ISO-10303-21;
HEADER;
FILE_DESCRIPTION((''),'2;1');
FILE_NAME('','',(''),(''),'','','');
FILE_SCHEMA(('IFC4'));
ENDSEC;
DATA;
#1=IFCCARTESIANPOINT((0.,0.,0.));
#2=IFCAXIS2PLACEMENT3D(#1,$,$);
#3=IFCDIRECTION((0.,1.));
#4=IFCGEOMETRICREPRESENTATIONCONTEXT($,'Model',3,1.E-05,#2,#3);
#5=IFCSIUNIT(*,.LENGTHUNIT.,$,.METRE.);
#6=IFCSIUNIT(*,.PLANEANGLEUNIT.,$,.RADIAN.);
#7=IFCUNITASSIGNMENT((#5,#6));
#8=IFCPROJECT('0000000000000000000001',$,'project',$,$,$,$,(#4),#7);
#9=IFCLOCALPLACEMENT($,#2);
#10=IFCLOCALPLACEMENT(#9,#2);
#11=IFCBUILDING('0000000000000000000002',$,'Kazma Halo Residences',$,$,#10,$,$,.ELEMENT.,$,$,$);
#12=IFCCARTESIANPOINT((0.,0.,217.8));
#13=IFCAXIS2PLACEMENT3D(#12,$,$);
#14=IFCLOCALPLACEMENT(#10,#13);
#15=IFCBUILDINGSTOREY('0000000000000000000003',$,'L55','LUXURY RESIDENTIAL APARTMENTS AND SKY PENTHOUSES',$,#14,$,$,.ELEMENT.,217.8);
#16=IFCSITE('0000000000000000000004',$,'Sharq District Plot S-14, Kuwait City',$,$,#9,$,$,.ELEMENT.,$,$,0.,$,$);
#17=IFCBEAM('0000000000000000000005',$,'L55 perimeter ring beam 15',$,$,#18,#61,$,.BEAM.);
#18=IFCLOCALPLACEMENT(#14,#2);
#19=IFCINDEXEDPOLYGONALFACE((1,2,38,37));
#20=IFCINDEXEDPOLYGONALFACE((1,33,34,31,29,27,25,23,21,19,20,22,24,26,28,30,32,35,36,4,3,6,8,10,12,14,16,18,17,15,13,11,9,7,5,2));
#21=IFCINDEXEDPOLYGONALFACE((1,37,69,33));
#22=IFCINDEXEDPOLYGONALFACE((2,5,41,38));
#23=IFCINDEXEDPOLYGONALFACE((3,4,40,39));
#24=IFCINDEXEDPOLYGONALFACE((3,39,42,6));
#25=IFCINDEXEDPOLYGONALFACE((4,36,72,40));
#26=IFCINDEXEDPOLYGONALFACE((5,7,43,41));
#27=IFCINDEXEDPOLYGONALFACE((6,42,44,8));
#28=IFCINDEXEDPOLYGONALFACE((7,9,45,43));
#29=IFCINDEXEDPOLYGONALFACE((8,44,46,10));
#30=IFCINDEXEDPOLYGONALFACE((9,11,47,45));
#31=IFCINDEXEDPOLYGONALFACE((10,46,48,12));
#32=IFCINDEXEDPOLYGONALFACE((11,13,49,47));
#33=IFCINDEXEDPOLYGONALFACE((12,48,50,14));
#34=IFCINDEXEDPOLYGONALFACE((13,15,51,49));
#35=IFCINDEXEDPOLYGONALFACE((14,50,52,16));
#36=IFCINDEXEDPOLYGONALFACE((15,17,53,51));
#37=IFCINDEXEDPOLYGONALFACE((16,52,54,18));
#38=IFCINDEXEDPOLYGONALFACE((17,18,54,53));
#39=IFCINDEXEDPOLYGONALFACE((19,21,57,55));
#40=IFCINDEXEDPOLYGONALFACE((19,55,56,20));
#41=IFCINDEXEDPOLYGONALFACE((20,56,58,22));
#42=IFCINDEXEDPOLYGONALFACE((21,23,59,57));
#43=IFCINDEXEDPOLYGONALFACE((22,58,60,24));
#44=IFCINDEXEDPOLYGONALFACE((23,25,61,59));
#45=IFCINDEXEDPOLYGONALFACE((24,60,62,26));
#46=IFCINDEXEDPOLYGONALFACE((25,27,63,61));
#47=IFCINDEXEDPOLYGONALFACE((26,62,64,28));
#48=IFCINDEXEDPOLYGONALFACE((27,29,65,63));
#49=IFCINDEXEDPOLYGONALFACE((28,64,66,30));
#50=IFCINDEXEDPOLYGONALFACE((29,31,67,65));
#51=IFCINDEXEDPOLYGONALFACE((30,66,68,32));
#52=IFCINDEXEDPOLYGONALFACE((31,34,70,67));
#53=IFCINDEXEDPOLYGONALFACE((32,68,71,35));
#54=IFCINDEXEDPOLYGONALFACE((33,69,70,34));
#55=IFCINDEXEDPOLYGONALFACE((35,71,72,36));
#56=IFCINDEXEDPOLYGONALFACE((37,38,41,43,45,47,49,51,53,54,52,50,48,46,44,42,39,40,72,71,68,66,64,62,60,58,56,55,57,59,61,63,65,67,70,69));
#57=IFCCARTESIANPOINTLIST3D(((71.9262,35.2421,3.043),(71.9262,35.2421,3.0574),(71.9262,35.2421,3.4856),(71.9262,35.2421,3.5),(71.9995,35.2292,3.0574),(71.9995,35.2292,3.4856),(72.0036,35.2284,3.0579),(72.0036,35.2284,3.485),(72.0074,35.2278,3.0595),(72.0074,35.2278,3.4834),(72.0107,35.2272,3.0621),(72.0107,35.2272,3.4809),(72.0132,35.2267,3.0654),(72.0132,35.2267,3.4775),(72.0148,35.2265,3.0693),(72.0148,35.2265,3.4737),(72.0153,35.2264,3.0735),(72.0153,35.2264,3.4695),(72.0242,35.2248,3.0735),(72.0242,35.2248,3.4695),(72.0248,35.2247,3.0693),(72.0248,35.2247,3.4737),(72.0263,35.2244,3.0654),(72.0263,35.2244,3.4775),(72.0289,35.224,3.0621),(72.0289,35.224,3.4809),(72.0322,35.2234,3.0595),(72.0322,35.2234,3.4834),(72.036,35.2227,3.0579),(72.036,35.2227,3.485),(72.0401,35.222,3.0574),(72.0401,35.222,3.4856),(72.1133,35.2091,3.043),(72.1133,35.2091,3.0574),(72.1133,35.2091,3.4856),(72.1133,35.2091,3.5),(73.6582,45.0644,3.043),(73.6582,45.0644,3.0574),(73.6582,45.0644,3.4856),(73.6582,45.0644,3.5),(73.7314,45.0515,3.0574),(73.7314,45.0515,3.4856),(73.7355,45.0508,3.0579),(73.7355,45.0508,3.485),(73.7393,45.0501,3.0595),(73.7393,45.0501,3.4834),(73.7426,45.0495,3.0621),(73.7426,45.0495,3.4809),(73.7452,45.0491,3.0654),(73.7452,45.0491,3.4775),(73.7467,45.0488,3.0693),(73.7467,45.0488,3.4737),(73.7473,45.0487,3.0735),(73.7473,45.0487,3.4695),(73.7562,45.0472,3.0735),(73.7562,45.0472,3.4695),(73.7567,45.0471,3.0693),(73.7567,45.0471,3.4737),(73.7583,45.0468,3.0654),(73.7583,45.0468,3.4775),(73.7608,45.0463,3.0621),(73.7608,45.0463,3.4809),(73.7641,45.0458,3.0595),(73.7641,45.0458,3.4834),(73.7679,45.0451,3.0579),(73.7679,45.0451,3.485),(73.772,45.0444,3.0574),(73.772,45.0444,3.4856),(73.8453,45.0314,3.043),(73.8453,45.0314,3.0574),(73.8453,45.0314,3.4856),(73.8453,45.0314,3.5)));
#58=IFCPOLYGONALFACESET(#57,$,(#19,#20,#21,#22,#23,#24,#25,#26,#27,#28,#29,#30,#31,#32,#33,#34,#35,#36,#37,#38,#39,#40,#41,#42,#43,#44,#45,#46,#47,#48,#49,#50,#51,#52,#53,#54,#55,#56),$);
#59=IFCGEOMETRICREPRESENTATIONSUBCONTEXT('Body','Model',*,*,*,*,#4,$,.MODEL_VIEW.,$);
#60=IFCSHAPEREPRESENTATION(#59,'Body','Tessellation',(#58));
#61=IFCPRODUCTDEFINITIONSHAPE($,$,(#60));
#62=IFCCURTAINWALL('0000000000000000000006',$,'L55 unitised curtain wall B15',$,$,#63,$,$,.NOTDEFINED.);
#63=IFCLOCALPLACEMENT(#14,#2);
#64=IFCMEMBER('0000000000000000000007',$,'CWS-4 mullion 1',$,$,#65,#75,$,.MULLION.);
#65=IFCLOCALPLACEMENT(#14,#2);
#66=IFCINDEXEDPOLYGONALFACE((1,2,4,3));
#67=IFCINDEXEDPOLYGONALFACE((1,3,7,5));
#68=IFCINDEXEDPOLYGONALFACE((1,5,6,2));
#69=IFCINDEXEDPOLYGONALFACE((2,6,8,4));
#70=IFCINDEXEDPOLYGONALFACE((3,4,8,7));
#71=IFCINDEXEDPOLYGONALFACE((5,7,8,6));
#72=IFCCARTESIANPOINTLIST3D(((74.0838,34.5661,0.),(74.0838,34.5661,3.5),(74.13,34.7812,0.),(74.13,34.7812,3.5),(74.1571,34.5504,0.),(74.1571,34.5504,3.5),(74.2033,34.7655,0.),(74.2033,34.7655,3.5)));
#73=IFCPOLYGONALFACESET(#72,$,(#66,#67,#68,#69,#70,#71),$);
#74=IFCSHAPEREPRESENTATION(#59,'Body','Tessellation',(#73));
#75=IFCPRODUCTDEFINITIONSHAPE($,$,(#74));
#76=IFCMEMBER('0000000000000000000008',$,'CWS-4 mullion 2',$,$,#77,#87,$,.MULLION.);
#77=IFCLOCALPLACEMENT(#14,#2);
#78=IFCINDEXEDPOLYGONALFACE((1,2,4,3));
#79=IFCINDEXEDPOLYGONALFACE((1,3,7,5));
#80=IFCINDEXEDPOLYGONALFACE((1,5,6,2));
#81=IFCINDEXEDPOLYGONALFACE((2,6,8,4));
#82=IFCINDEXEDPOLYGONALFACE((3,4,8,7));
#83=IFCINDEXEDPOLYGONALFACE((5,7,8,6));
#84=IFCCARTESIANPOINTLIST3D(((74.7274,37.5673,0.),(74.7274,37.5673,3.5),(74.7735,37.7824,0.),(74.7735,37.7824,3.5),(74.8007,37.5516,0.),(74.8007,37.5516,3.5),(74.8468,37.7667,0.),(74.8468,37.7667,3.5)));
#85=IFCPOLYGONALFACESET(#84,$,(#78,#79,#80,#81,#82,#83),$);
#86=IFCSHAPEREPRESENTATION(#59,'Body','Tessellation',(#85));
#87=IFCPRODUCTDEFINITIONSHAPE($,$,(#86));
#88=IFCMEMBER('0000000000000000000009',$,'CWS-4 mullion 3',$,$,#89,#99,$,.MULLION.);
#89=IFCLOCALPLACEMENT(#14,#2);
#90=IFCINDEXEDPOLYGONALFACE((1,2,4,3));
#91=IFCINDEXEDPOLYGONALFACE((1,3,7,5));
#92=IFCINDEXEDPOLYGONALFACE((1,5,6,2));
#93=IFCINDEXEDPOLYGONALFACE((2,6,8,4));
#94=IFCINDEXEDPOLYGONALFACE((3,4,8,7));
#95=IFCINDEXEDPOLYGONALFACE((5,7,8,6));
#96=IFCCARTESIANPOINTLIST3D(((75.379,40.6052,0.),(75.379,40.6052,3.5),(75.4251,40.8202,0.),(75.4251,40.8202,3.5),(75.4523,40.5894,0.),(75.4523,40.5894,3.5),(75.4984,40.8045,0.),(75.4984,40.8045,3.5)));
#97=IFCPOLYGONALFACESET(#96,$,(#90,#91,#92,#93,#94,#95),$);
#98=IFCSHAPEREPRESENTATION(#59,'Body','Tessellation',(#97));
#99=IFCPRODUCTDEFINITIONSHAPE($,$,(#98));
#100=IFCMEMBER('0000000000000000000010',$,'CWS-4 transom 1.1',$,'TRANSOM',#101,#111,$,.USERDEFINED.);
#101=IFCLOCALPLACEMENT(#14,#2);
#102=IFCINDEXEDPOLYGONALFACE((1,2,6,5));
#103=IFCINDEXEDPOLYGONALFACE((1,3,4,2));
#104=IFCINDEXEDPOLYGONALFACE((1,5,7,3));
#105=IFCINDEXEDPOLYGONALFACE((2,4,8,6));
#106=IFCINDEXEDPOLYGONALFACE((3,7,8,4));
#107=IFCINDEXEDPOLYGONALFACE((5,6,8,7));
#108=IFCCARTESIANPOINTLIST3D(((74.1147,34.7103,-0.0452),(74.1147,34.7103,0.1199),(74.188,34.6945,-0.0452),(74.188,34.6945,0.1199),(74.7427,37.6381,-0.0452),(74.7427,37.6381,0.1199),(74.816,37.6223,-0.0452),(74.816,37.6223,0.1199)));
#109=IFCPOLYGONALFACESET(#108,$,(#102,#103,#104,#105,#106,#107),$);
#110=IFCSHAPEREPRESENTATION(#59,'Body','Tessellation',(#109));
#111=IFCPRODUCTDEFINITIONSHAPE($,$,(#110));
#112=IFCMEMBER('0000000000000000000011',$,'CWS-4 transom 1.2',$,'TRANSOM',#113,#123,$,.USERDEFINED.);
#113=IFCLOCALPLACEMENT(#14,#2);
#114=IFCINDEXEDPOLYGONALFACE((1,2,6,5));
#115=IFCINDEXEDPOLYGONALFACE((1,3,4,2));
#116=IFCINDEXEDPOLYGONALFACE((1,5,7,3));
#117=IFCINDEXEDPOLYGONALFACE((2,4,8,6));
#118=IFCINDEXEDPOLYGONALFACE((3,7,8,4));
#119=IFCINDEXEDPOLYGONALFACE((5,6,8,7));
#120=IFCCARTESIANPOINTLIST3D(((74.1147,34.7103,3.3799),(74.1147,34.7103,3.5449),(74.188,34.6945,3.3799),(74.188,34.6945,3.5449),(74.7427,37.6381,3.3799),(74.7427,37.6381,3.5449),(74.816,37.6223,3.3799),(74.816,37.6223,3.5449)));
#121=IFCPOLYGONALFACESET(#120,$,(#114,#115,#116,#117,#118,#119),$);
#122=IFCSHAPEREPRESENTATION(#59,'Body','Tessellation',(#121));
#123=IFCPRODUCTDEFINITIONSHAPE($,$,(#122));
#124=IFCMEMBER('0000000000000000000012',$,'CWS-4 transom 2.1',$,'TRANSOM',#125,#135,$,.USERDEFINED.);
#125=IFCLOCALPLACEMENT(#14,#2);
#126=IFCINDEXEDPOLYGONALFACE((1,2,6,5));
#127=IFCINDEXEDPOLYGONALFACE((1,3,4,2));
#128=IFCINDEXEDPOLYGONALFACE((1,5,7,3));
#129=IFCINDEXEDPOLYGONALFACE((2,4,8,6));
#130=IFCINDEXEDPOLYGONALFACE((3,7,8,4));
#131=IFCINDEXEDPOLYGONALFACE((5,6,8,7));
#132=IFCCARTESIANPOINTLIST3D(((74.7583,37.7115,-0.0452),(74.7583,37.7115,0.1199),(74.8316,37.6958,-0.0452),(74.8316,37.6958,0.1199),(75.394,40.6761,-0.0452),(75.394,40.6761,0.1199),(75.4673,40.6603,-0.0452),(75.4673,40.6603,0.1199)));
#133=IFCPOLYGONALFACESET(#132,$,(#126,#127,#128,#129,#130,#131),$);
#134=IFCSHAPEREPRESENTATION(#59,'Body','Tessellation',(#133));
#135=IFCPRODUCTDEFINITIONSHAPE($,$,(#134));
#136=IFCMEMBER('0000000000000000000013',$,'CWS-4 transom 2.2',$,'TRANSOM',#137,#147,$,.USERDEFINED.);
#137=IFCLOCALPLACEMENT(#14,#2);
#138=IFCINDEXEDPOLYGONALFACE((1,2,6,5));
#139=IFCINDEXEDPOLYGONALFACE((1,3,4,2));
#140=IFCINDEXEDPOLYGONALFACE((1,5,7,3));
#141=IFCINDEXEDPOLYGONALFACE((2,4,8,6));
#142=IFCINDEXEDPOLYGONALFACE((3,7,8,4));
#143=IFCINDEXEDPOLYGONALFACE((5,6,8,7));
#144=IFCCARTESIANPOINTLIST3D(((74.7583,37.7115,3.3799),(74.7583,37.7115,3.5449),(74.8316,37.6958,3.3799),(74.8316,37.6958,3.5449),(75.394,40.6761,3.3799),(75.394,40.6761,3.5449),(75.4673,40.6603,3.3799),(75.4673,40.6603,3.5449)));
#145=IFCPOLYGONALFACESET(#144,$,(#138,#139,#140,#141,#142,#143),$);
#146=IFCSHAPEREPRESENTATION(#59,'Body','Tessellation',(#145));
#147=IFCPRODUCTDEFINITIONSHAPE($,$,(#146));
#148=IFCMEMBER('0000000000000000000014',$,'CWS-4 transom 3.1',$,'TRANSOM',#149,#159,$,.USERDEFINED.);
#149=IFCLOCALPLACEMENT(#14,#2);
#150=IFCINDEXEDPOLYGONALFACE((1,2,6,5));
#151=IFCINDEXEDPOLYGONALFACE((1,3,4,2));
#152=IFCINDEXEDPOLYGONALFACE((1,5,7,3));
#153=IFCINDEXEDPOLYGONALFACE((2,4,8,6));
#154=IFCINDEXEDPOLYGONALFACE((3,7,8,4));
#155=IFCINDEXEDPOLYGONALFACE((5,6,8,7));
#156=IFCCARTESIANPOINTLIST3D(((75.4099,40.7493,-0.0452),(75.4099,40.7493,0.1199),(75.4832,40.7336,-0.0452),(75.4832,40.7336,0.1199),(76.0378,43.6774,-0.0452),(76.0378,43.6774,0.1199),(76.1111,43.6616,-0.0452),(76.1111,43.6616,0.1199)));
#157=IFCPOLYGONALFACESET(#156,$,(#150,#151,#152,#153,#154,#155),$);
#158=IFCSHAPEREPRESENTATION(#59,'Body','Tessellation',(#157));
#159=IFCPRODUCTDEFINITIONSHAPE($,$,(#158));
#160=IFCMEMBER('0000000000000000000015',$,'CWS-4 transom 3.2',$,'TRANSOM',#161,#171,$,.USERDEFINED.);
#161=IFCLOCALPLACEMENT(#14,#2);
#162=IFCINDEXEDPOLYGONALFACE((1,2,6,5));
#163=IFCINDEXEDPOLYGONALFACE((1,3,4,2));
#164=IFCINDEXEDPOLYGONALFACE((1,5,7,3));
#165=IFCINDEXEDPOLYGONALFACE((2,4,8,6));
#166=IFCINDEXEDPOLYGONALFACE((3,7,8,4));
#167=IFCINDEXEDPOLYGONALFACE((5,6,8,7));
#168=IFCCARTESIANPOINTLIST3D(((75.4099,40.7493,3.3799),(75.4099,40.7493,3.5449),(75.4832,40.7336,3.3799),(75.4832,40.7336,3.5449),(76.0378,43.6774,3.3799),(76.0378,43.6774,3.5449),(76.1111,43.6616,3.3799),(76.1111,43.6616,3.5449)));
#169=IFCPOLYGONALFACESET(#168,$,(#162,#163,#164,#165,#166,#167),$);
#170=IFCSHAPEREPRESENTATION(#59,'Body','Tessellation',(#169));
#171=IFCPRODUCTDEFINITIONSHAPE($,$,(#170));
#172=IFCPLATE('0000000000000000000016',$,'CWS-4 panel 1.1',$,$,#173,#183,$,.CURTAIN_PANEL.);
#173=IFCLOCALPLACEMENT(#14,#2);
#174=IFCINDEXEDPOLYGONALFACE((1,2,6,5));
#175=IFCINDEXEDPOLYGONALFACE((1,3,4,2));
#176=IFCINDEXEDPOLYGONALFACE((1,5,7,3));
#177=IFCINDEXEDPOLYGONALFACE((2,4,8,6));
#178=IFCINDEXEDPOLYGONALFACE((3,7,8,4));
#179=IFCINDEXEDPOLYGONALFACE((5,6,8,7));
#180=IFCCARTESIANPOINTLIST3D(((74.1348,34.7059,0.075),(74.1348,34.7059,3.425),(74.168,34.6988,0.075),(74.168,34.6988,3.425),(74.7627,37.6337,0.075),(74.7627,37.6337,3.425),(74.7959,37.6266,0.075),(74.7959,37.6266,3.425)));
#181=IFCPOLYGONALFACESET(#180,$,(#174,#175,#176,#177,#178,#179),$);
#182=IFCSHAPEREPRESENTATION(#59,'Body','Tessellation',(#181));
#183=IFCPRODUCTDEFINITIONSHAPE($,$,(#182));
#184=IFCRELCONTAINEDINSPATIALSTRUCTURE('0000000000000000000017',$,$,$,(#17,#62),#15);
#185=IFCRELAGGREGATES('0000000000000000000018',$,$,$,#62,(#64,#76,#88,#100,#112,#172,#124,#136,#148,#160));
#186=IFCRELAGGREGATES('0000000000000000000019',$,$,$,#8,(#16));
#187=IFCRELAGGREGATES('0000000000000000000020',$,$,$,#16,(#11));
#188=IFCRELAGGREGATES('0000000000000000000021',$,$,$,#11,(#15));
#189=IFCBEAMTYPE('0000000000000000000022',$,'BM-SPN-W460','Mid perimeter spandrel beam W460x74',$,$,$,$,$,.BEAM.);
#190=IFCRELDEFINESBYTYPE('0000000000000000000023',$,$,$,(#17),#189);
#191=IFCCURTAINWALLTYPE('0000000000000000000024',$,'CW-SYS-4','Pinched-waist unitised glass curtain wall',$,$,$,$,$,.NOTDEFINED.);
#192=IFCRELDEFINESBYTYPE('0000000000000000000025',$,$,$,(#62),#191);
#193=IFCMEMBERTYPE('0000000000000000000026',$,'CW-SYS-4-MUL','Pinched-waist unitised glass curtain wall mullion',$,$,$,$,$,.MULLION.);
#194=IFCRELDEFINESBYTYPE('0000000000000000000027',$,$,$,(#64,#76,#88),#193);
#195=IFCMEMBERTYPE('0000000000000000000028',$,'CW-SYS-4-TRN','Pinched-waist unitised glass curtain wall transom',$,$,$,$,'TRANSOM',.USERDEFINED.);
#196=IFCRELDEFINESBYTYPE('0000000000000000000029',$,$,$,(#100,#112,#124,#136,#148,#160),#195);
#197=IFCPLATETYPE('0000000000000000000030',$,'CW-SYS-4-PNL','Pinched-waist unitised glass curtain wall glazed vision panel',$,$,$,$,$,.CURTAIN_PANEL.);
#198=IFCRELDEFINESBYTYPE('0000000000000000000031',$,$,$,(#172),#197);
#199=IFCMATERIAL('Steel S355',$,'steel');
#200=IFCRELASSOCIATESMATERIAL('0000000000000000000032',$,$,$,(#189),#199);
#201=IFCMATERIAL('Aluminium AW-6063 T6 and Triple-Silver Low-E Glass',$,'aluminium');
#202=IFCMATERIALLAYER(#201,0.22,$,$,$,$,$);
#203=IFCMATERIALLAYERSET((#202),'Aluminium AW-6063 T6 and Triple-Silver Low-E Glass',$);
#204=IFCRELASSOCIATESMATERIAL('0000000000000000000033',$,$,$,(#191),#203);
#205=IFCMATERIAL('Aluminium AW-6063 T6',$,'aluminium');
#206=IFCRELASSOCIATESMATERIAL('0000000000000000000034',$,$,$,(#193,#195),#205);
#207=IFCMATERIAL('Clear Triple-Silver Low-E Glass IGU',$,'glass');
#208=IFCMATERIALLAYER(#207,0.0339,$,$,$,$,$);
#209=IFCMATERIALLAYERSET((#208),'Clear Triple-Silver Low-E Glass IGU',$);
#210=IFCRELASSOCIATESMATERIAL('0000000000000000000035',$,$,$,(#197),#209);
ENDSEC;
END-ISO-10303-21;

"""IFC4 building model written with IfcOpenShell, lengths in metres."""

from ifc_helpers import new_model, si_unit, direction, frame, origin, origin_2d, place, context, subcontext, project, spatial, rectangle, i_section, extrude, material, layer, layer_set, material_profile, profile_set, type_object, element, aggregate, save


model = new_model("IFC4")

# Units and contexts
model_context = context("Model", 3, precision=1e-05, world=origin(), true_north=direction((0.0, 1.0)))
body_context = subcontext(model_context, "Body", "Model", "MODEL_VIEW")
ifc_project = project(units=[si_unit("LENGTHUNIT", "METRE"), si_unit("PLANEANGLEUNIT", "RADIAN")], contexts=[model_context])

# Site, building, storey
site_placement = place(None, origin())
site = spatial("IfcSite", under=ifc_project, at=site_placement, Name="Sharq District Plot S-14, Kuwait City", CompositionType="ELEMENT", RefElevation=0.0)
building_placement = place(site_placement, origin())
building = spatial("IfcBuilding", under=site, at=building_placement, Name="Kazma Halo Residences", CompositionType="ELEMENT")
storey_placement = place(building_placement, frame((0.0, 0.0, 217.8)))
storey = spatial("IfcBuildingStorey", under=building, at=storey_placement, Name="L55", Description="LUXURY RESIDENTIAL APARTMENTS AND SKY PENTHOUSES", CompositionType="ELEMENT", Elevation=217.8)

# Beam
ifc_material_1 = material(Name="Steel S355", Category="steel")
ifc_material_profile_1 = material_profile(ifc_material_1, i_section(OverallWidth=0.1899, OverallDepth=0.457, WebThickness=0.009, FlangeThickness=0.0144, FilletRadius=0.0161, at=origin_2d()), Name="W460x74")
ifc_profile_set_1 = profile_set([ifc_material_profile_1], Name="Steel S355")
beam_type_1 = type_object("IfcBeamType", Name="BM-SPN-W460", Description="Mid perimeter spandrel beam W460x74", PredefinedType="BEAM", material=ifc_profile_set_1)
beam_1_placement = place(storey_placement, frame((72.0198, 35.2256, 3.2715), z_axis=(0.173648, 0.984808, 0.0), x_axis=(-0.984808, 0.173648, 0.0)))
element("IfcBeam", 1, at=beam_1_placement, inside=storey, type_object=beam_type_1, Name="L55 perimeter ring beam 15", PredefinedType="BEAM", context=body_context, shape_type="SweptSolid", body=[
    extrude(i_section(OverallWidth=0.1899, OverallDepth=0.457, WebThickness=0.009, FlangeThickness=0.0144, FilletRadius=0.0161, at=origin_2d()), origin(), (0.0, 0.0, 1.0), 9.9739),
])

# Curtain wall, members, plate
ifc_material_2 = material(Name="Aluminium AW-6063 T6 and Triple-Silver Low-E Glass", Category="aluminium")
ifc_layer_1 = layer(ifc_material_2, 0.22)
ifc_layer_set_1 = layer_set([ifc_layer_1], Name="Aluminium AW-6063 T6 and Triple-Silver Low-E Glass")
curtain_wall_type = type_object("IfcCurtainWallType", Name="CW-SYS-4", Description="Pinched-waist unitised glass curtain wall", PredefinedType="NOTDEFINED", material=ifc_layer_set_1)
curtain_wall_placement = place(storey_placement, origin())
curtain_wall = element("IfcCurtainWall", 2, at=curtain_wall_placement, inside=storey, type_object=curtain_wall_type, Name="L55 unitised curtain wall B15", PredefinedType="NOTDEFINED")
ifc_material_3 = material(Name="Aluminium AW-6063 T6", Category="aluminium")
ifc_material_profile_2 = material_profile(ifc_material_3, rectangle(XDim=0.075, YDim=0.22, at=origin_2d()), Name="CWM-75x220")
ifc_profile_set_2 = profile_set([ifc_material_profile_2], Name="Aluminium AW-6063 T6")
member_type_1 = type_object("IfcMemberType", Name="CW-SYS-4-MUL", Description="Pinched-waist unitised glass curtain wall mullion", PredefinedType="MULLION", material=ifc_profile_set_2)
member_1_placement = place(storey_placement, frame((74.1436, 34.6658, 0.0), z_axis=(0.0, 0.0, 1.0), x_axis=(-0.977768, 0.20969, 0.0)))
member_1 = element("IfcMember", 3, at=member_1_placement, type_object=member_type_1, Name="CWS-4 mullion 1", PredefinedType="MULLION", context=body_context, shape_type="SweptSolid", body=[
    extrude(rectangle(XDim=0.075, YDim=0.22, at=origin_2d()), origin(), (0.0, 0.0, 1.0), 3.5),
])
member_2_placement = place(storey_placement, frame((74.7871, 37.667, 0.0), z_axis=(0.0, 0.0, 1.0), x_axis=(-0.977768, 0.20969, 0.0)))
member_2 = element("IfcMember", 4, at=member_2_placement, type_object=member_type_1, Name="CWS-4 mullion 2", PredefinedType="MULLION", context=body_context, shape_type="SweptSolid", body=[
    extrude(rectangle(XDim=0.075, YDim=0.22, at=origin_2d()), origin(), (0.0, 0.0, 1.0), 3.5),
])
member_3_placement = place(storey_placement, frame((75.4387, 40.7048, 0.0), z_axis=(0.0, 0.0, 1.0), x_axis=(-0.977768, 0.20969, 0.0)))
member_3 = element("IfcMember", 5, at=member_3_placement, type_object=member_type_1, Name="CWS-4 mullion 3", PredefinedType="MULLION", context=body_context, shape_type="SweptSolid", body=[
    extrude(rectangle(XDim=0.075, YDim=0.22, at=origin_2d()), origin(), (0.0, 0.0, 1.0), 3.5),
])
ifc_material_profile_3 = material_profile(ifc_material_3, rectangle(XDim=0.075, YDim=0.165, at=origin_2d()), Name="CWT-75x165")
ifc_profile_set_3 = profile_set([ifc_material_profile_3], Name="Aluminium AW-6063 T6")
member_type_2 = type_object("IfcMemberType", Name="CW-SYS-4-TRN", Description="Pinched-waist unitised glass curtain wall transom", ElementType="TRANSOM", PredefinedType="USERDEFINED", material=ifc_profile_set_3)
member_4_placement = place(storey_placement, frame((74.1514, 34.7024, 0.0374), z_axis=(0.209707, 0.977764, 0.0), x_axis=(-0.977764, 0.209707, 0.0)))
member_4 = element("IfcMember", 6, at=member_4_placement, type_object=member_type_2, Name="CWS-4 transom 1.1", ObjectType="TRANSOM", PredefinedType="USERDEFINED", context=body_context, shape_type="SweptSolid", body=[
    extrude(rectangle(XDim=0.075, YDim=0.165, at=origin_2d()), origin(), (0.0, 0.0, 1.0), 2.9944),
])
member_5_placement = place(storey_placement, frame((74.1514, 34.7024, 3.4624), z_axis=(0.209707, 0.977764, 0.0), x_axis=(-0.977764, 0.209707, 0.0)))
member_5 = element("IfcMember", 7, at=member_5_placement, type_object=member_type_2, Name="CWS-4 transom 1.2", ObjectType="TRANSOM", PredefinedType="USERDEFINED", context=body_context, shape_type="SweptSolid", body=[
    extrude(rectangle(XDim=0.075, YDim=0.165, at=origin_2d()), origin(), (0.0, 0.0, 1.0), 2.9944),
])
member_6_placement = place(storey_placement, frame((74.7949, 37.7036, 0.0374), z_axis=(0.209678, 0.977771, 0.0), x_axis=(-0.977771, 0.209678, 0.0)))
member_6 = element("IfcMember", 8, at=member_6_placement, type_object=member_type_2, Name="CWS-4 transom 2.1", ObjectType="TRANSOM", PredefinedType="USERDEFINED", context=body_context, shape_type="SweptSolid", body=[
    extrude(rectangle(XDim=0.075, YDim=0.165, at=origin_2d()), origin(), (0.0, 0.0, 1.0), 3.032),
])
member_7_placement = place(storey_placement, frame((74.7949, 37.7036, 3.4624), z_axis=(0.209678, 0.977771, 0.0), x_axis=(-0.977771, 0.209678, 0.0)))
member_7 = element("IfcMember", 9, at=member_7_placement, type_object=member_type_2, Name="CWS-4 transom 2.2", ObjectType="TRANSOM", PredefinedType="USERDEFINED", context=body_context, shape_type="SweptSolid", body=[
    extrude(rectangle(XDim=0.075, YDim=0.165, at=origin_2d()), origin(), (0.0, 0.0, 1.0), 3.032),
])
member_8_placement = place(storey_placement, frame((75.4465, 40.7415, 0.0374), z_axis=(0.209691, 0.977768, 0.0), x_axis=(-0.977768, 0.209691, 0.0)))
member_8 = element("IfcMember", 10, at=member_8_placement, type_object=member_type_2, Name="CWS-4 transom 3.1", ObjectType="TRANSOM", PredefinedType="USERDEFINED", context=body_context, shape_type="SweptSolid", body=[
    extrude(rectangle(XDim=0.075, YDim=0.165, at=origin_2d()), origin(), (0.0, 0.0, 1.0), 2.9946),
])
member_9_placement = place(storey_placement, frame((75.4465, 40.7415, 3.4624), z_axis=(0.209691, 0.977768, 0.0), x_axis=(-0.977768, 0.209691, 0.0)))
member_9 = element("IfcMember", 11, at=member_9_placement, type_object=member_type_2, Name="CWS-4 transom 3.2", ObjectType="TRANSOM", PredefinedType="USERDEFINED", context=body_context, shape_type="SweptSolid", body=[
    extrude(rectangle(XDim=0.075, YDim=0.165, at=origin_2d()), origin(), (0.0, 0.0, 1.0), 2.9946),
])
ifc_material_4 = material(Name="Clear Triple-Silver Low-E Glass IGU", Category="glass")
ifc_layer_2 = layer(ifc_material_4, 0.0339)
ifc_layer_set_2 = layer_set([ifc_layer_2], Name="Clear Triple-Silver Low-E Glass IGU")
plate_type = type_object("IfcPlateType", Name="CW-SYS-4-PNL", Description="Pinched-waist unitised glass curtain wall glazed vision panel", PredefinedType="CURTAIN_PANEL", material=ifc_layer_set_2)
plate_1_placement = place(storey_placement, frame((74.4653, 36.1663, 0.075), z_axis=(0.0, 0.0, 1.0), x_axis=(0.20969, 0.977768, 0.0)))
plate_1 = element("IfcPlate", 12, at=plate_1_placement, type_object=plate_type, Name="CWS-4 panel 1.1", PredefinedType="CURTAIN_PANEL", context=body_context, shape_type="SweptSolid", body=[
    extrude(rectangle(XDim=2.9944, YDim=0.0339, at=origin_2d()), origin(), (0.0, 0.0, 1.0), 3.3501),
])
aggregate(curtain_wall, [member_1, member_2, member_3, member_4, member_5, plate_1, member_6, member_7, member_8, member_9])

save(model, "model.ifc")
